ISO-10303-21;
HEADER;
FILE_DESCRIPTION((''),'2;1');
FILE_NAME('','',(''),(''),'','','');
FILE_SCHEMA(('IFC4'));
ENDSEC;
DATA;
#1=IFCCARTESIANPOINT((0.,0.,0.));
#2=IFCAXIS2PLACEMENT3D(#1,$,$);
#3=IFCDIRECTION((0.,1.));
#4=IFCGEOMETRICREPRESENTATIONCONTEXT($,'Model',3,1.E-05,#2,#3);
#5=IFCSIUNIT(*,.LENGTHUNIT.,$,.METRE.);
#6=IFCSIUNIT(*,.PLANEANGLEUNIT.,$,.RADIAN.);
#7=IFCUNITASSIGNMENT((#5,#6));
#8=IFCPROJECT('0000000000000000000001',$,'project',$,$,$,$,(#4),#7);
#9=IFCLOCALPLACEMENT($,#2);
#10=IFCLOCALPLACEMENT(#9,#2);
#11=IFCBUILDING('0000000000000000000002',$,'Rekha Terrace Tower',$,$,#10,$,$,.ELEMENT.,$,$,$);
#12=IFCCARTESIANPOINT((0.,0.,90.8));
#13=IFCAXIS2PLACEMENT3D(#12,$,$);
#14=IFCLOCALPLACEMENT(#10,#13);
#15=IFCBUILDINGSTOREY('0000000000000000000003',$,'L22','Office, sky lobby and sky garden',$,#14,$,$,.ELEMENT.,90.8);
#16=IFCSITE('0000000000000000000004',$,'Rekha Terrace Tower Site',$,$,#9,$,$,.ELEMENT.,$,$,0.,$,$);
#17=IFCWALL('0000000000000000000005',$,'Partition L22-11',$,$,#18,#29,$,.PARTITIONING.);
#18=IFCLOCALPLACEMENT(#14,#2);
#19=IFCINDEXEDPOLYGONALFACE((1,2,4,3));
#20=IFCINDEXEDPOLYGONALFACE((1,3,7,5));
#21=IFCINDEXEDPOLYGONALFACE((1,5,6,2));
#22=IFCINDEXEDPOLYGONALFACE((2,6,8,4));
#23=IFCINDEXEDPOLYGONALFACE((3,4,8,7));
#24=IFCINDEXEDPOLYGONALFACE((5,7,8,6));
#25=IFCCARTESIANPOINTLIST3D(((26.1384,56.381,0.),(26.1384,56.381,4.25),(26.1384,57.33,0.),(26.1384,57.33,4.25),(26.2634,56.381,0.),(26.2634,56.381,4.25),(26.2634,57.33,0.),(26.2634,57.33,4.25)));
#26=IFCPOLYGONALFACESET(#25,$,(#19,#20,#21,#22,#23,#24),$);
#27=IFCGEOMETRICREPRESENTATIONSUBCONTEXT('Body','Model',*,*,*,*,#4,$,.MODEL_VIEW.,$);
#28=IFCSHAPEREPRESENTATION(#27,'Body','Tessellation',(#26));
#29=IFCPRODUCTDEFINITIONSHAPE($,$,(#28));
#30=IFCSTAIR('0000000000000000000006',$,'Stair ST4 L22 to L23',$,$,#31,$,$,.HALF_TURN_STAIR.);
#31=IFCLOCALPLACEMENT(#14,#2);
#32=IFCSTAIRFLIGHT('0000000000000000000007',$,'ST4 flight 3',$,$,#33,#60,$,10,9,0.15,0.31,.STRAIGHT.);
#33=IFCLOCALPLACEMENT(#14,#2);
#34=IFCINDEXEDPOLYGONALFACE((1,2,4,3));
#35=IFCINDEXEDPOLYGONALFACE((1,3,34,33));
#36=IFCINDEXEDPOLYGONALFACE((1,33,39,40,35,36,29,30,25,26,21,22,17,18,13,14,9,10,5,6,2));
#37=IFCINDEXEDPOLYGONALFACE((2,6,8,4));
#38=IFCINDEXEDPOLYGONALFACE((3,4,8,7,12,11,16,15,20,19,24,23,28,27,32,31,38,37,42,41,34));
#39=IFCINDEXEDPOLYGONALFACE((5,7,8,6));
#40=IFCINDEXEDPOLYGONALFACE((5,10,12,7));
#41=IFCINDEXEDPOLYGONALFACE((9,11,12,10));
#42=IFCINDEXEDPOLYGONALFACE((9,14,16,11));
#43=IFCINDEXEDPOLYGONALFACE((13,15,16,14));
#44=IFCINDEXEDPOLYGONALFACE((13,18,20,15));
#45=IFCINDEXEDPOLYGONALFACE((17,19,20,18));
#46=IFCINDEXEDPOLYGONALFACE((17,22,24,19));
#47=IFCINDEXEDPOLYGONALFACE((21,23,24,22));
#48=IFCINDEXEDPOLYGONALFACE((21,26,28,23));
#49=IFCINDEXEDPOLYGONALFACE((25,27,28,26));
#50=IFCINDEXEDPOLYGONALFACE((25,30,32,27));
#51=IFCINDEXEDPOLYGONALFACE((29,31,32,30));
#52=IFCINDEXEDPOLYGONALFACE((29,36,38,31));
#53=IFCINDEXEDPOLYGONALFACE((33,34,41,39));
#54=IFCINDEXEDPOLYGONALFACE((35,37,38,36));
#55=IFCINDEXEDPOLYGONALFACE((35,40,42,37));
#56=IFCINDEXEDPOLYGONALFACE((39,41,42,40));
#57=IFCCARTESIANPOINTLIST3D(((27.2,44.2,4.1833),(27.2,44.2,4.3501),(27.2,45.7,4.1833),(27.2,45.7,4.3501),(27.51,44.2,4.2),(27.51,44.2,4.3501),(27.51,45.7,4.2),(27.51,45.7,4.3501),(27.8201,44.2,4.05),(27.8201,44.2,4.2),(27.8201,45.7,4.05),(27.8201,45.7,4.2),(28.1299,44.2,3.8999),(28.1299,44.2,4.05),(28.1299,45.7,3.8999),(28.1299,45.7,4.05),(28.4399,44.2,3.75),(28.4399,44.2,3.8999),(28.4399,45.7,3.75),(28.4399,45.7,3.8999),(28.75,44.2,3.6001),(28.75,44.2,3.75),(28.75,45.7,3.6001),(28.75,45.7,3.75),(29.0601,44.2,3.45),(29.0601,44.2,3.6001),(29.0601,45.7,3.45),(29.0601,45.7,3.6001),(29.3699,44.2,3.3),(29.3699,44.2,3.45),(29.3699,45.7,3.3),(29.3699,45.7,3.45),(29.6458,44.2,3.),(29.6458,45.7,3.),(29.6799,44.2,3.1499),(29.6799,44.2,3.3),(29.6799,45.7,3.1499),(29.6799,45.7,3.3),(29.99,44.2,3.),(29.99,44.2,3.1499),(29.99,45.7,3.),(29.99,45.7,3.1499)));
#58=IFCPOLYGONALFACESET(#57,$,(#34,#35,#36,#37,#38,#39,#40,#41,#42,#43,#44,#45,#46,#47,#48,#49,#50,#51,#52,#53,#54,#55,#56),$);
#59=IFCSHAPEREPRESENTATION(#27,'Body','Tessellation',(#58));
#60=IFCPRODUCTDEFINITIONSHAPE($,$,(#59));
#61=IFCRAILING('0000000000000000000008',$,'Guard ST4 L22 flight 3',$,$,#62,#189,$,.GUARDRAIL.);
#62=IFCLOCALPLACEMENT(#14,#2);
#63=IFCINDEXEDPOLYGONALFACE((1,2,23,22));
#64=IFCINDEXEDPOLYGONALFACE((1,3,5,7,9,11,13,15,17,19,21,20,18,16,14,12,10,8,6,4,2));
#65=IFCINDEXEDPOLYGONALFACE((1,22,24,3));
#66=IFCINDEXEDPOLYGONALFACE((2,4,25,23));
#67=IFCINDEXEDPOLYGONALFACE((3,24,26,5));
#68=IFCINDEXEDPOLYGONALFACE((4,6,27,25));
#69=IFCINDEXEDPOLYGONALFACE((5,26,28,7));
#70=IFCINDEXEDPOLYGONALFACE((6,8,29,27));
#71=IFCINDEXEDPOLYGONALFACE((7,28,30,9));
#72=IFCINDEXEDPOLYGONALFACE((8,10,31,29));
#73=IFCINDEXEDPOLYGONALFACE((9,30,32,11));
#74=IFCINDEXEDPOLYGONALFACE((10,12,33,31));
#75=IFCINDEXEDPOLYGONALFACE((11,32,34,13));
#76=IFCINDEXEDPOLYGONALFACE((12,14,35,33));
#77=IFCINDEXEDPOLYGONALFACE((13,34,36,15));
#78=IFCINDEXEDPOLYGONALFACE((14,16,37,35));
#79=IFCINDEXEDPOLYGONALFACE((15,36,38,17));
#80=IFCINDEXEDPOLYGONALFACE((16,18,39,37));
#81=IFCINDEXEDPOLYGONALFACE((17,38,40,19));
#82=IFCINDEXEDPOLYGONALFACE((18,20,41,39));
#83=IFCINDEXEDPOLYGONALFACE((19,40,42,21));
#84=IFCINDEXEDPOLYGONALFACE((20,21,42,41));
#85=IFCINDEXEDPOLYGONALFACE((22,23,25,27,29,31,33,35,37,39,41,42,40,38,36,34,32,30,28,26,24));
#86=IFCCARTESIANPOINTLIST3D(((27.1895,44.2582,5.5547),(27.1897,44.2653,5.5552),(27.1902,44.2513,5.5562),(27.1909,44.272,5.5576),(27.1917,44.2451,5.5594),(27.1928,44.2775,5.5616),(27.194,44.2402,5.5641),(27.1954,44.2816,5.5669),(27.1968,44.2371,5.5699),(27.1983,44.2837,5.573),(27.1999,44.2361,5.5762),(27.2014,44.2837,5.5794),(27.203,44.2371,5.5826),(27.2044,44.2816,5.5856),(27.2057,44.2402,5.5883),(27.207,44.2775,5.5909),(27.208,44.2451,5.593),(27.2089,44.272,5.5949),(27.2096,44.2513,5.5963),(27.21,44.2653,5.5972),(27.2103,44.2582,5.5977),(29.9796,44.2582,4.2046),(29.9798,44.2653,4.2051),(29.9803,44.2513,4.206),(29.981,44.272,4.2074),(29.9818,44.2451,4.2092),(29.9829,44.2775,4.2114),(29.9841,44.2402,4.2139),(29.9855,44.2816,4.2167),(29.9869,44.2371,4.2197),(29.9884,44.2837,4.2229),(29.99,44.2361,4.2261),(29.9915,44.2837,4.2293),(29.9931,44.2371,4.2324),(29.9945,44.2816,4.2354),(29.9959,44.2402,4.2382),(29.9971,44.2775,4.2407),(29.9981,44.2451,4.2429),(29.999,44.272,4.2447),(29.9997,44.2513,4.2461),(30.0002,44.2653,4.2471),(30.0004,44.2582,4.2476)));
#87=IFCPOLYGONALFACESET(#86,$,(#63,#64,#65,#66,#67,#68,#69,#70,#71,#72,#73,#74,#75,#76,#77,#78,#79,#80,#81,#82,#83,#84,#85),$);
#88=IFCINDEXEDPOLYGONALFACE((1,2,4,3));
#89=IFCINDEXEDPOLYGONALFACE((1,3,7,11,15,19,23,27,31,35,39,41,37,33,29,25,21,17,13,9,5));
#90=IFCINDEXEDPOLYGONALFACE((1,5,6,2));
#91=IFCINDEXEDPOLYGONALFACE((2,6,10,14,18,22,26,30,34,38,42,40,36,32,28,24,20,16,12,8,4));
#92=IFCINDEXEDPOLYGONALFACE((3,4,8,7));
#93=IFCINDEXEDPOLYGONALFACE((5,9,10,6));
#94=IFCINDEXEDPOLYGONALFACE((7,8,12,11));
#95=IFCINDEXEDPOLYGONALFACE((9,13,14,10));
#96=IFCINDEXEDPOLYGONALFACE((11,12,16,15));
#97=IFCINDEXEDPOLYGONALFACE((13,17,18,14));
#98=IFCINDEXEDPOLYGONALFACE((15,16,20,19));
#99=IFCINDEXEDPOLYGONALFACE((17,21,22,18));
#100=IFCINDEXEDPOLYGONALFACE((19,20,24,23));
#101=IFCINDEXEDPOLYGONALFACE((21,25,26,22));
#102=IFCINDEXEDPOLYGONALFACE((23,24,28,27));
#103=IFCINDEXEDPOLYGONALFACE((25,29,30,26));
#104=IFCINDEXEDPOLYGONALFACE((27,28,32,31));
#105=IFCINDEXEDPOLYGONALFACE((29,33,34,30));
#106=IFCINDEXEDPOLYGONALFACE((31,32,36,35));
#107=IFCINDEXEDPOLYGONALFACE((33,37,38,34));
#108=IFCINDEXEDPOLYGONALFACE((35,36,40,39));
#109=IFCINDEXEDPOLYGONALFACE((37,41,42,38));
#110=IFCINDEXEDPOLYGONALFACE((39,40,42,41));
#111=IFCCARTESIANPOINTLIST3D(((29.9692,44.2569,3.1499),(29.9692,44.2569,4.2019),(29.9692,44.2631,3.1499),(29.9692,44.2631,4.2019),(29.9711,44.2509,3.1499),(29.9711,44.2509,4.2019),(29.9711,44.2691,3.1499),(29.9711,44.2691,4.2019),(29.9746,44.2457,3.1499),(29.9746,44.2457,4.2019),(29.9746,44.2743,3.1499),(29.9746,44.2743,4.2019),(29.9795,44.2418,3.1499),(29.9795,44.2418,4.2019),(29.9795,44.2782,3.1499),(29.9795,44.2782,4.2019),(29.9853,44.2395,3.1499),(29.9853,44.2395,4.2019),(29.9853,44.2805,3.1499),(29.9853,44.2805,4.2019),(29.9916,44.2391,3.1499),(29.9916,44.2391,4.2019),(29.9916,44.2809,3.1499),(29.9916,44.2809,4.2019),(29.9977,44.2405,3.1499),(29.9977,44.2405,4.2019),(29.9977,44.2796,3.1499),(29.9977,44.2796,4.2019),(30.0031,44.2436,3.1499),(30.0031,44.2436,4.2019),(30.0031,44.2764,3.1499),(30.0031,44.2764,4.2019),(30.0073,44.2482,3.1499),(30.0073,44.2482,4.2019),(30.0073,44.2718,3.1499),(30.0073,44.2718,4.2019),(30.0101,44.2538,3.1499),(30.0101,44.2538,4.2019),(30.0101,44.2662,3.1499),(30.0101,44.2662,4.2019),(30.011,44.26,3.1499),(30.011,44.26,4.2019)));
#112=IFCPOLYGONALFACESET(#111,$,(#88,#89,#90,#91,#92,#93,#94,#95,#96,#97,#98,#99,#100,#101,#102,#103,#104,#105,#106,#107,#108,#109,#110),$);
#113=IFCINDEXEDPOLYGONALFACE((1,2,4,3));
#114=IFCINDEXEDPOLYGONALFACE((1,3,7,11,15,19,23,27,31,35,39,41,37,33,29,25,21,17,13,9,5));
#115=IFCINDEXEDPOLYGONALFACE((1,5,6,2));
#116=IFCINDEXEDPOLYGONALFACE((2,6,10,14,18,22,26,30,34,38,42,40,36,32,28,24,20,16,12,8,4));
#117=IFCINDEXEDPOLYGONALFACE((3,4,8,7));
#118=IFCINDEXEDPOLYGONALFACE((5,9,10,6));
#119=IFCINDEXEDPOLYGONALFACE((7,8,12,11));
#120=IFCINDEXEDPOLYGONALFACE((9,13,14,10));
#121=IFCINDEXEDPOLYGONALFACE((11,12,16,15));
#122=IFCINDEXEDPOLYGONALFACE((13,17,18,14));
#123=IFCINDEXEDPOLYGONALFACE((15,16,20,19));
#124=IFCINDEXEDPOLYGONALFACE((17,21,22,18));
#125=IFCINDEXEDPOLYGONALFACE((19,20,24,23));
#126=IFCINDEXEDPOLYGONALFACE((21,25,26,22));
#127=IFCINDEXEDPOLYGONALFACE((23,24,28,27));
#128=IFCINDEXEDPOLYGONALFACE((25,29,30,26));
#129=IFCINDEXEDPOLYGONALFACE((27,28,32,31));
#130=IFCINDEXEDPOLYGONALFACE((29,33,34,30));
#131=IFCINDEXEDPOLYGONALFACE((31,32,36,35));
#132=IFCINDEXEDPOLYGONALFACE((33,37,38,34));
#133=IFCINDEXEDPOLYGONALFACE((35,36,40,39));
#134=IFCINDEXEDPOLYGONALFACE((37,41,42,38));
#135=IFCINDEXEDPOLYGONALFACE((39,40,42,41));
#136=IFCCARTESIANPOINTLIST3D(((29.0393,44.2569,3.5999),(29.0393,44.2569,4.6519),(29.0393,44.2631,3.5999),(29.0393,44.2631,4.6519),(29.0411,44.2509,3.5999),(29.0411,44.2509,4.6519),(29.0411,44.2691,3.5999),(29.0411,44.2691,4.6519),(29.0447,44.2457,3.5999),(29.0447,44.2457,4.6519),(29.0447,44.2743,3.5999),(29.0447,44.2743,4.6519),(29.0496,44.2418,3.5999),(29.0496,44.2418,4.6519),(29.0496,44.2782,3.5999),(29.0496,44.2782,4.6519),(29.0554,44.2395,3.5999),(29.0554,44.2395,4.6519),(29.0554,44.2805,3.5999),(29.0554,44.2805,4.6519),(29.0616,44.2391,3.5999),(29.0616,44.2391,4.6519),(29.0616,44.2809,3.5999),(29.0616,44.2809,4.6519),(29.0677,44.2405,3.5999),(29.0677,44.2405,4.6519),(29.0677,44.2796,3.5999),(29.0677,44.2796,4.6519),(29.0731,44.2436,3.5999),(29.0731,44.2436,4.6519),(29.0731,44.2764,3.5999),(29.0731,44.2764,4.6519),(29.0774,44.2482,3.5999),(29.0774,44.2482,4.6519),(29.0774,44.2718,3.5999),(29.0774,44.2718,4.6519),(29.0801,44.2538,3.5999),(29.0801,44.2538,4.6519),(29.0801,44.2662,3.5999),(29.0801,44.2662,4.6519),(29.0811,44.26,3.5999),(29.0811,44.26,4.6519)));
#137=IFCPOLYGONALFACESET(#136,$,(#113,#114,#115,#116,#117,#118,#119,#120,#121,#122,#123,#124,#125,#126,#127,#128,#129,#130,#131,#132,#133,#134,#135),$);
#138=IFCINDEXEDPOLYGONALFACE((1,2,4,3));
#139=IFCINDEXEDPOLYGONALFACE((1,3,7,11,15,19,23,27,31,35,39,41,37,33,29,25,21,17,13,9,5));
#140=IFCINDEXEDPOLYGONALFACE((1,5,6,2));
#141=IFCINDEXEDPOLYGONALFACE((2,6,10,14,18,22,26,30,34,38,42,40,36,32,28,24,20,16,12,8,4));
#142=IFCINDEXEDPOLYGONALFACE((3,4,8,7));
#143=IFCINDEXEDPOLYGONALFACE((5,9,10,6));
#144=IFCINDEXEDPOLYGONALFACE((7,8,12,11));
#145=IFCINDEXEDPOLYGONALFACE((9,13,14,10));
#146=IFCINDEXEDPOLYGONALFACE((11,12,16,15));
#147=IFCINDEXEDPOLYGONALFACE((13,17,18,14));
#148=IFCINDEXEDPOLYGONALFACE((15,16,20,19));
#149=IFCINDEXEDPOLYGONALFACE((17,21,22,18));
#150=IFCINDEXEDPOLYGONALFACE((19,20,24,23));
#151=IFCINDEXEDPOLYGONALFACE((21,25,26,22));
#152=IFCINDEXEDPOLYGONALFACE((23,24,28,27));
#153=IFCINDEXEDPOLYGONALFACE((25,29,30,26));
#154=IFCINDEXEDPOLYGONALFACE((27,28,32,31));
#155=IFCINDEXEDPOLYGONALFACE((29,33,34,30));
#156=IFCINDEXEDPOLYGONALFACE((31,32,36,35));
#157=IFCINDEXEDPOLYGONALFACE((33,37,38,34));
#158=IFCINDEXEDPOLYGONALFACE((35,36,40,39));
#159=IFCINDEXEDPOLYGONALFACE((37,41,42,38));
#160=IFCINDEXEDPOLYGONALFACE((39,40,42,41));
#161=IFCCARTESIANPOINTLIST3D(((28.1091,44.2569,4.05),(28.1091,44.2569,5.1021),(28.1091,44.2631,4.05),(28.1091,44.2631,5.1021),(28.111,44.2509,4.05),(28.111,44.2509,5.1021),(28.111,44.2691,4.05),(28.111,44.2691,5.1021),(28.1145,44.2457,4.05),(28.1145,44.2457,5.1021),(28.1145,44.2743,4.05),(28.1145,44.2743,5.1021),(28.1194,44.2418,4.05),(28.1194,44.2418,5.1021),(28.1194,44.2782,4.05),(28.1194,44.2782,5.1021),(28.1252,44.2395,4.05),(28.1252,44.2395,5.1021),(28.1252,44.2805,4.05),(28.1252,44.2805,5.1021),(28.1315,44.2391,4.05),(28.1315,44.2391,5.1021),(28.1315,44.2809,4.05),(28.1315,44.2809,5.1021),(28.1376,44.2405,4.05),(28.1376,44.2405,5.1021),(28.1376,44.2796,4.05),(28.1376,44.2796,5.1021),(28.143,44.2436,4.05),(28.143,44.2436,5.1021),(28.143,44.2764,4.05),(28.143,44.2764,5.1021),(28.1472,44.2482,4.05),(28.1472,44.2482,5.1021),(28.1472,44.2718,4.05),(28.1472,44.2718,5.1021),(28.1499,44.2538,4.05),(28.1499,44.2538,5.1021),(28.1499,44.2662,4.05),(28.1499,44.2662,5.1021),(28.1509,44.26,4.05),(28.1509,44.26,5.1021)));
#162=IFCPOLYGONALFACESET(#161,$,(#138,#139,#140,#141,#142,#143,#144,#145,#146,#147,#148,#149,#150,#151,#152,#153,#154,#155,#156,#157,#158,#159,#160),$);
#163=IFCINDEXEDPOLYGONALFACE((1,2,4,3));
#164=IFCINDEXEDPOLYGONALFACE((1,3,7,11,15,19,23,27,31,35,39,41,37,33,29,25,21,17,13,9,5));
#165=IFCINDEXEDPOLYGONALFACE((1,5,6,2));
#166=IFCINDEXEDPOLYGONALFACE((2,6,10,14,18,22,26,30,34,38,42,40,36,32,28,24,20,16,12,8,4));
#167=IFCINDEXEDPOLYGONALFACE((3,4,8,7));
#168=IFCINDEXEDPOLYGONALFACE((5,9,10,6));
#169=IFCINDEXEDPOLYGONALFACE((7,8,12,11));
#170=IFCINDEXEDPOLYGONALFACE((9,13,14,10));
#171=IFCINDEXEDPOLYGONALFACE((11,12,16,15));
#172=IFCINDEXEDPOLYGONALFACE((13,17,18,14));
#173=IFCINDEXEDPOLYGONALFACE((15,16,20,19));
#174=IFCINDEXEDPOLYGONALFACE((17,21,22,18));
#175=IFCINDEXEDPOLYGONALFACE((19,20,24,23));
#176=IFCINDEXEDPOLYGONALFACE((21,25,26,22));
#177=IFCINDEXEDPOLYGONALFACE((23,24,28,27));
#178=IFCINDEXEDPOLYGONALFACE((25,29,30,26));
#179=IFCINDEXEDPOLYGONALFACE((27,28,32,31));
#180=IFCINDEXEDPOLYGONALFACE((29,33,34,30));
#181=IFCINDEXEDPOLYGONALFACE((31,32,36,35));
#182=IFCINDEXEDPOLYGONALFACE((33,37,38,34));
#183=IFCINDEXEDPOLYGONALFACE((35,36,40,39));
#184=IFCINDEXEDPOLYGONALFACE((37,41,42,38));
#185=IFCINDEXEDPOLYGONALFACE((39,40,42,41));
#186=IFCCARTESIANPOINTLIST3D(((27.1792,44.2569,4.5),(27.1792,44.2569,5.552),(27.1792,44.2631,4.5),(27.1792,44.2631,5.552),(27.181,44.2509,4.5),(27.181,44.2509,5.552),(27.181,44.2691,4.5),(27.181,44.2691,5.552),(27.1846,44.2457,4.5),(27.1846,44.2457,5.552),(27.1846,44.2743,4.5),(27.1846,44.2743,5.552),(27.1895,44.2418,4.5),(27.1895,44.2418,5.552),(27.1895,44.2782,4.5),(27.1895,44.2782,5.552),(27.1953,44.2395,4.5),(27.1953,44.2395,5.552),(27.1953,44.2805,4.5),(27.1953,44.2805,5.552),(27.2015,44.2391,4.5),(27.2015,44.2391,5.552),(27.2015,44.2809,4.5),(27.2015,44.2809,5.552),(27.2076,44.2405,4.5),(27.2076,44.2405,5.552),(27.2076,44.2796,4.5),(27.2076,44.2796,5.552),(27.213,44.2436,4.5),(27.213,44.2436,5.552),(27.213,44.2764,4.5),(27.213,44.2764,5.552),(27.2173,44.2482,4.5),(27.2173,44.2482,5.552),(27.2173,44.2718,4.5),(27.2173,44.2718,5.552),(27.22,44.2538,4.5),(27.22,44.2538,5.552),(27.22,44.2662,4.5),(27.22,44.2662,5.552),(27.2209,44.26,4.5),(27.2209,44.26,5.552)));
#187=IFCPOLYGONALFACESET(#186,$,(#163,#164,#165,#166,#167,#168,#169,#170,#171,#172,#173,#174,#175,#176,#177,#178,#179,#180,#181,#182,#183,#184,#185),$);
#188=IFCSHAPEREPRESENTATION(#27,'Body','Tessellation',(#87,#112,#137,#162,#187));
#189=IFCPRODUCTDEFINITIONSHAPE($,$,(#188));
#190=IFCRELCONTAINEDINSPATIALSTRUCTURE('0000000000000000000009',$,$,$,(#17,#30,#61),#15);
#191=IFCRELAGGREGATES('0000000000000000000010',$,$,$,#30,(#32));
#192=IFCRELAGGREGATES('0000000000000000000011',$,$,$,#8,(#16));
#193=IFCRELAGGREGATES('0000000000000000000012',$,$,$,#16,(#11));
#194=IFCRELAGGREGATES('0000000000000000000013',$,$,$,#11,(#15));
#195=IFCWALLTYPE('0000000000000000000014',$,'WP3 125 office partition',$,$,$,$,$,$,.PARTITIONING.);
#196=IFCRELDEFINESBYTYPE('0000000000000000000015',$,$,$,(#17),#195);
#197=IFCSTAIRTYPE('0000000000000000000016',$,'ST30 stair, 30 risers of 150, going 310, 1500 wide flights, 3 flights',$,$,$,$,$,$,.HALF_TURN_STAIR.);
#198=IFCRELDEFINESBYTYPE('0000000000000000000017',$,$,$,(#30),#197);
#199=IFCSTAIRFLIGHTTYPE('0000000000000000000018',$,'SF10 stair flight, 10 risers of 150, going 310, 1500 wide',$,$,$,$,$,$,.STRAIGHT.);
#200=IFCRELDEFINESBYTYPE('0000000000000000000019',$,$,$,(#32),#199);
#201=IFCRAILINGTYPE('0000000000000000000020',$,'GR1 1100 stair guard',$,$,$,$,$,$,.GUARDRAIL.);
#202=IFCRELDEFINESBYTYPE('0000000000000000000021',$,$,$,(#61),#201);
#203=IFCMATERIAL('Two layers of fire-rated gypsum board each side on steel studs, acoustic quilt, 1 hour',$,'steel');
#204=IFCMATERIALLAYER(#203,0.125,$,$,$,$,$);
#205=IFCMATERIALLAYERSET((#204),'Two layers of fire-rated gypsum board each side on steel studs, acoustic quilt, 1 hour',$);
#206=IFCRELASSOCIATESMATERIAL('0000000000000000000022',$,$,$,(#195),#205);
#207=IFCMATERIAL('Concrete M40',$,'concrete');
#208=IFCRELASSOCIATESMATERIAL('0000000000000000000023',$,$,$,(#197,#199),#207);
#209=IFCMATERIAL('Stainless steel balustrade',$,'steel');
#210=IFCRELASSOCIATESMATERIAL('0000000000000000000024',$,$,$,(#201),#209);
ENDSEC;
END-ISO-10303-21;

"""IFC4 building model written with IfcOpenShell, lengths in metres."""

from ifc_helpers import new_model, si_unit, direction, frame, frame_2d, origin, origin_2d, place, context, subcontext, project, spatial, polyline, rectangle, circle, outline, extrude, material, layer, layer_set, type_object, element, aggregate, save


model = new_model("IFC4")

# Units and contexts
model_context = context("Model", 3, precision=1e-05, world=origin(), true_north=direction((0.0, 1.0)))
body_context = subcontext(model_context, "Body", "Model", "MODEL_VIEW")
ifc_project = project(units=[si_unit("LENGTHUNIT", "METRE"), si_unit("PLANEANGLEUNIT", "RADIAN")], contexts=[model_context])

# Site, building, storey
site_placement = place(None, origin())
site = spatial("IfcSite", under=ifc_project, at=site_placement, Name="Rekha Terrace Tower Site", CompositionType="ELEMENT", RefElevation=0.0)
building_placement = place(site_placement, origin())
building = spatial("IfcBuilding", under=site, at=building_placement, Name="Rekha Terrace Tower", CompositionType="ELEMENT")
storey_placement = place(building_placement, frame((0.0, 0.0, 90.8)))
storey = spatial("IfcBuildingStorey", under=building, at=storey_placement, Name="L22", Description="Office, sky lobby and sky garden", CompositionType="ELEMENT", Elevation=90.8)

# Shared definitions
ifc_material_1 = material(Name="Concrete M40", Category="concrete")

# Shared definitions
ifc_material_2 = material(Name="Two layers of fire-rated gypsum board each side on steel studs, acoustic quilt, 1 hour", Category="steel")
ifc_layer_1 = layer(ifc_material_2, 0.125)
ifc_layer_set_1 = layer_set([ifc_layer_1], Name="Two layers of fire-rated gypsum board each side on steel studs, acoustic quilt, 1 hour")
wall_type_1 = type_object("IfcWallType", Name="WP3 125 office partition", PredefinedType="PARTITIONING", material=ifc_layer_set_1)

# Wall
wall_1_placement = place(storey_placement, frame((26.2009, 57.3301, 0.0), z_axis=(0.0, 0.0, 1.0), x_axis=(0.0, -1.0, 0.0)))
element("IfcWall", 1, at=wall_1_placement, inside=storey, type_object=wall_type_1, Name="Partition L22-11", PredefinedType="PARTITIONING", context=body_context, shape_type="SweptSolid", body=[
    extrude(rectangle(XDim=0.949, YDim=0.125, at=frame_2d((0.4746, 0.0))), origin(), (0.0, 0.0, 1.0), 4.25),
])

# Stair, stair flight
stair_type = type_object("IfcStairType", Name="ST30 stair, 30 risers of 150, going 310, 1500 wide flights, 3 flights", PredefinedType="HALF_TURN_STAIR", material=ifc_material_1)
stair_placement = place(storey_placement, origin())
stair = element("IfcStair", 2, at=stair_placement, inside=storey, type_object=stair_type, Name="Stair ST4 L22 to L23", PredefinedType="HALF_TURN_STAIR")
stair_flight_type = type_object("IfcStairFlightType", Name="SF10 stair flight, 10 risers of 150, going 310, 1500 wide", PredefinedType="STRAIGHT", material=ifc_material_1)
stair_flight_placement = place(storey_placement, frame((29.99, 44.95, 3.0), z_axis=(0.0, 0.0, 1.0), x_axis=(-1.0, 0.0, 0.0)))
stair_flight = element("IfcStairFlight", 3, at=stair_flight_placement, type_object=stair_flight_type, Name="ST4 flight 3", NumberOfRisers=10, NumberOfTreads=9, PredefinedType="STRAIGHT", RiserHeight=0.15, TreadLength=0.31, context=body_context, shape_type="SweptSolid", body=[
    extrude(outline(polyline([(0.0, 0.0), (0.0, 0.1499), (0.3101, 0.1499), (0.3101, 0.3), (0.6201, 0.3), (0.6201, 0.45), (0.9299, 0.45), (0.9299, 0.6001), (1.24, 0.6001), (1.24, 0.75), (1.55, 0.75), (1.55, 0.8999), (1.8601, 0.8999), (1.8601, 1.05), (2.1699, 1.05), (2.1699, 1.2), (2.48, 1.2), (2.48, 1.3501), (2.79, 1.3501), (2.79, 1.5), (2.79, 1.1833), (0.3442, 0.0), (0.0, 0.0)])), frame((0.0, 0.75, 0.0), z_axis=(0.0, -1.0, 0.0), x_axis=(1.0, 0.0, 0.0)), (0.0, 0.0, 1.0), 1.5),
])
aggregate(stair, [stair_flight])

# Railing
ifc_material_3 = material(Name="Stainless steel balustrade", Category="steel")
railing_type_1 = type_object("IfcRailingType", Name="GR1 1100 stair guard", PredefinedType="GUARDRAIL", material=ifc_material_3)
railing_1_placement = place(storey_placement, frame((29.99, 44.26, 3.1499)))
element("IfcRailing", 4, at=railing_1_placement, inside=storey, type_object=railing_type_1, Name="Guard ST4 L22 flight 3", PredefinedType="GUARDRAIL", context=body_context, shape_type="SweptSolid", body=[
    extrude(circle(Radius=0.0239, at=origin_2d()), frame((0.0, 0.0, 1.0762), z_axis=(-0.900149, 0.0, 0.435582), x_axis=(0.0, -1.0, 0.0)), (0.0, 0.0, 1.0), 3.0996),
    extrude(circle(Radius=0.021, at=origin_2d()), origin(), (0.0, 0.0, 1.0), 1.052),
    extrude(circle(Radius=0.021, at=origin_2d()), frame((-0.9299, 0.0, 0.45)), (0.0, 0.0, 1.0), 1.052),
    extrude(circle(Radius=0.021, at=origin_2d()), frame((-1.8601, 0.0, 0.9001)), (0.0, 0.0, 1.0), 1.052),
    extrude(circle(Radius=0.021, at=origin_2d()), frame((-2.79, 0.0, 1.3501)), (0.0, 0.0, 1.0), 1.052),
])

save(model, "model.ifc")
